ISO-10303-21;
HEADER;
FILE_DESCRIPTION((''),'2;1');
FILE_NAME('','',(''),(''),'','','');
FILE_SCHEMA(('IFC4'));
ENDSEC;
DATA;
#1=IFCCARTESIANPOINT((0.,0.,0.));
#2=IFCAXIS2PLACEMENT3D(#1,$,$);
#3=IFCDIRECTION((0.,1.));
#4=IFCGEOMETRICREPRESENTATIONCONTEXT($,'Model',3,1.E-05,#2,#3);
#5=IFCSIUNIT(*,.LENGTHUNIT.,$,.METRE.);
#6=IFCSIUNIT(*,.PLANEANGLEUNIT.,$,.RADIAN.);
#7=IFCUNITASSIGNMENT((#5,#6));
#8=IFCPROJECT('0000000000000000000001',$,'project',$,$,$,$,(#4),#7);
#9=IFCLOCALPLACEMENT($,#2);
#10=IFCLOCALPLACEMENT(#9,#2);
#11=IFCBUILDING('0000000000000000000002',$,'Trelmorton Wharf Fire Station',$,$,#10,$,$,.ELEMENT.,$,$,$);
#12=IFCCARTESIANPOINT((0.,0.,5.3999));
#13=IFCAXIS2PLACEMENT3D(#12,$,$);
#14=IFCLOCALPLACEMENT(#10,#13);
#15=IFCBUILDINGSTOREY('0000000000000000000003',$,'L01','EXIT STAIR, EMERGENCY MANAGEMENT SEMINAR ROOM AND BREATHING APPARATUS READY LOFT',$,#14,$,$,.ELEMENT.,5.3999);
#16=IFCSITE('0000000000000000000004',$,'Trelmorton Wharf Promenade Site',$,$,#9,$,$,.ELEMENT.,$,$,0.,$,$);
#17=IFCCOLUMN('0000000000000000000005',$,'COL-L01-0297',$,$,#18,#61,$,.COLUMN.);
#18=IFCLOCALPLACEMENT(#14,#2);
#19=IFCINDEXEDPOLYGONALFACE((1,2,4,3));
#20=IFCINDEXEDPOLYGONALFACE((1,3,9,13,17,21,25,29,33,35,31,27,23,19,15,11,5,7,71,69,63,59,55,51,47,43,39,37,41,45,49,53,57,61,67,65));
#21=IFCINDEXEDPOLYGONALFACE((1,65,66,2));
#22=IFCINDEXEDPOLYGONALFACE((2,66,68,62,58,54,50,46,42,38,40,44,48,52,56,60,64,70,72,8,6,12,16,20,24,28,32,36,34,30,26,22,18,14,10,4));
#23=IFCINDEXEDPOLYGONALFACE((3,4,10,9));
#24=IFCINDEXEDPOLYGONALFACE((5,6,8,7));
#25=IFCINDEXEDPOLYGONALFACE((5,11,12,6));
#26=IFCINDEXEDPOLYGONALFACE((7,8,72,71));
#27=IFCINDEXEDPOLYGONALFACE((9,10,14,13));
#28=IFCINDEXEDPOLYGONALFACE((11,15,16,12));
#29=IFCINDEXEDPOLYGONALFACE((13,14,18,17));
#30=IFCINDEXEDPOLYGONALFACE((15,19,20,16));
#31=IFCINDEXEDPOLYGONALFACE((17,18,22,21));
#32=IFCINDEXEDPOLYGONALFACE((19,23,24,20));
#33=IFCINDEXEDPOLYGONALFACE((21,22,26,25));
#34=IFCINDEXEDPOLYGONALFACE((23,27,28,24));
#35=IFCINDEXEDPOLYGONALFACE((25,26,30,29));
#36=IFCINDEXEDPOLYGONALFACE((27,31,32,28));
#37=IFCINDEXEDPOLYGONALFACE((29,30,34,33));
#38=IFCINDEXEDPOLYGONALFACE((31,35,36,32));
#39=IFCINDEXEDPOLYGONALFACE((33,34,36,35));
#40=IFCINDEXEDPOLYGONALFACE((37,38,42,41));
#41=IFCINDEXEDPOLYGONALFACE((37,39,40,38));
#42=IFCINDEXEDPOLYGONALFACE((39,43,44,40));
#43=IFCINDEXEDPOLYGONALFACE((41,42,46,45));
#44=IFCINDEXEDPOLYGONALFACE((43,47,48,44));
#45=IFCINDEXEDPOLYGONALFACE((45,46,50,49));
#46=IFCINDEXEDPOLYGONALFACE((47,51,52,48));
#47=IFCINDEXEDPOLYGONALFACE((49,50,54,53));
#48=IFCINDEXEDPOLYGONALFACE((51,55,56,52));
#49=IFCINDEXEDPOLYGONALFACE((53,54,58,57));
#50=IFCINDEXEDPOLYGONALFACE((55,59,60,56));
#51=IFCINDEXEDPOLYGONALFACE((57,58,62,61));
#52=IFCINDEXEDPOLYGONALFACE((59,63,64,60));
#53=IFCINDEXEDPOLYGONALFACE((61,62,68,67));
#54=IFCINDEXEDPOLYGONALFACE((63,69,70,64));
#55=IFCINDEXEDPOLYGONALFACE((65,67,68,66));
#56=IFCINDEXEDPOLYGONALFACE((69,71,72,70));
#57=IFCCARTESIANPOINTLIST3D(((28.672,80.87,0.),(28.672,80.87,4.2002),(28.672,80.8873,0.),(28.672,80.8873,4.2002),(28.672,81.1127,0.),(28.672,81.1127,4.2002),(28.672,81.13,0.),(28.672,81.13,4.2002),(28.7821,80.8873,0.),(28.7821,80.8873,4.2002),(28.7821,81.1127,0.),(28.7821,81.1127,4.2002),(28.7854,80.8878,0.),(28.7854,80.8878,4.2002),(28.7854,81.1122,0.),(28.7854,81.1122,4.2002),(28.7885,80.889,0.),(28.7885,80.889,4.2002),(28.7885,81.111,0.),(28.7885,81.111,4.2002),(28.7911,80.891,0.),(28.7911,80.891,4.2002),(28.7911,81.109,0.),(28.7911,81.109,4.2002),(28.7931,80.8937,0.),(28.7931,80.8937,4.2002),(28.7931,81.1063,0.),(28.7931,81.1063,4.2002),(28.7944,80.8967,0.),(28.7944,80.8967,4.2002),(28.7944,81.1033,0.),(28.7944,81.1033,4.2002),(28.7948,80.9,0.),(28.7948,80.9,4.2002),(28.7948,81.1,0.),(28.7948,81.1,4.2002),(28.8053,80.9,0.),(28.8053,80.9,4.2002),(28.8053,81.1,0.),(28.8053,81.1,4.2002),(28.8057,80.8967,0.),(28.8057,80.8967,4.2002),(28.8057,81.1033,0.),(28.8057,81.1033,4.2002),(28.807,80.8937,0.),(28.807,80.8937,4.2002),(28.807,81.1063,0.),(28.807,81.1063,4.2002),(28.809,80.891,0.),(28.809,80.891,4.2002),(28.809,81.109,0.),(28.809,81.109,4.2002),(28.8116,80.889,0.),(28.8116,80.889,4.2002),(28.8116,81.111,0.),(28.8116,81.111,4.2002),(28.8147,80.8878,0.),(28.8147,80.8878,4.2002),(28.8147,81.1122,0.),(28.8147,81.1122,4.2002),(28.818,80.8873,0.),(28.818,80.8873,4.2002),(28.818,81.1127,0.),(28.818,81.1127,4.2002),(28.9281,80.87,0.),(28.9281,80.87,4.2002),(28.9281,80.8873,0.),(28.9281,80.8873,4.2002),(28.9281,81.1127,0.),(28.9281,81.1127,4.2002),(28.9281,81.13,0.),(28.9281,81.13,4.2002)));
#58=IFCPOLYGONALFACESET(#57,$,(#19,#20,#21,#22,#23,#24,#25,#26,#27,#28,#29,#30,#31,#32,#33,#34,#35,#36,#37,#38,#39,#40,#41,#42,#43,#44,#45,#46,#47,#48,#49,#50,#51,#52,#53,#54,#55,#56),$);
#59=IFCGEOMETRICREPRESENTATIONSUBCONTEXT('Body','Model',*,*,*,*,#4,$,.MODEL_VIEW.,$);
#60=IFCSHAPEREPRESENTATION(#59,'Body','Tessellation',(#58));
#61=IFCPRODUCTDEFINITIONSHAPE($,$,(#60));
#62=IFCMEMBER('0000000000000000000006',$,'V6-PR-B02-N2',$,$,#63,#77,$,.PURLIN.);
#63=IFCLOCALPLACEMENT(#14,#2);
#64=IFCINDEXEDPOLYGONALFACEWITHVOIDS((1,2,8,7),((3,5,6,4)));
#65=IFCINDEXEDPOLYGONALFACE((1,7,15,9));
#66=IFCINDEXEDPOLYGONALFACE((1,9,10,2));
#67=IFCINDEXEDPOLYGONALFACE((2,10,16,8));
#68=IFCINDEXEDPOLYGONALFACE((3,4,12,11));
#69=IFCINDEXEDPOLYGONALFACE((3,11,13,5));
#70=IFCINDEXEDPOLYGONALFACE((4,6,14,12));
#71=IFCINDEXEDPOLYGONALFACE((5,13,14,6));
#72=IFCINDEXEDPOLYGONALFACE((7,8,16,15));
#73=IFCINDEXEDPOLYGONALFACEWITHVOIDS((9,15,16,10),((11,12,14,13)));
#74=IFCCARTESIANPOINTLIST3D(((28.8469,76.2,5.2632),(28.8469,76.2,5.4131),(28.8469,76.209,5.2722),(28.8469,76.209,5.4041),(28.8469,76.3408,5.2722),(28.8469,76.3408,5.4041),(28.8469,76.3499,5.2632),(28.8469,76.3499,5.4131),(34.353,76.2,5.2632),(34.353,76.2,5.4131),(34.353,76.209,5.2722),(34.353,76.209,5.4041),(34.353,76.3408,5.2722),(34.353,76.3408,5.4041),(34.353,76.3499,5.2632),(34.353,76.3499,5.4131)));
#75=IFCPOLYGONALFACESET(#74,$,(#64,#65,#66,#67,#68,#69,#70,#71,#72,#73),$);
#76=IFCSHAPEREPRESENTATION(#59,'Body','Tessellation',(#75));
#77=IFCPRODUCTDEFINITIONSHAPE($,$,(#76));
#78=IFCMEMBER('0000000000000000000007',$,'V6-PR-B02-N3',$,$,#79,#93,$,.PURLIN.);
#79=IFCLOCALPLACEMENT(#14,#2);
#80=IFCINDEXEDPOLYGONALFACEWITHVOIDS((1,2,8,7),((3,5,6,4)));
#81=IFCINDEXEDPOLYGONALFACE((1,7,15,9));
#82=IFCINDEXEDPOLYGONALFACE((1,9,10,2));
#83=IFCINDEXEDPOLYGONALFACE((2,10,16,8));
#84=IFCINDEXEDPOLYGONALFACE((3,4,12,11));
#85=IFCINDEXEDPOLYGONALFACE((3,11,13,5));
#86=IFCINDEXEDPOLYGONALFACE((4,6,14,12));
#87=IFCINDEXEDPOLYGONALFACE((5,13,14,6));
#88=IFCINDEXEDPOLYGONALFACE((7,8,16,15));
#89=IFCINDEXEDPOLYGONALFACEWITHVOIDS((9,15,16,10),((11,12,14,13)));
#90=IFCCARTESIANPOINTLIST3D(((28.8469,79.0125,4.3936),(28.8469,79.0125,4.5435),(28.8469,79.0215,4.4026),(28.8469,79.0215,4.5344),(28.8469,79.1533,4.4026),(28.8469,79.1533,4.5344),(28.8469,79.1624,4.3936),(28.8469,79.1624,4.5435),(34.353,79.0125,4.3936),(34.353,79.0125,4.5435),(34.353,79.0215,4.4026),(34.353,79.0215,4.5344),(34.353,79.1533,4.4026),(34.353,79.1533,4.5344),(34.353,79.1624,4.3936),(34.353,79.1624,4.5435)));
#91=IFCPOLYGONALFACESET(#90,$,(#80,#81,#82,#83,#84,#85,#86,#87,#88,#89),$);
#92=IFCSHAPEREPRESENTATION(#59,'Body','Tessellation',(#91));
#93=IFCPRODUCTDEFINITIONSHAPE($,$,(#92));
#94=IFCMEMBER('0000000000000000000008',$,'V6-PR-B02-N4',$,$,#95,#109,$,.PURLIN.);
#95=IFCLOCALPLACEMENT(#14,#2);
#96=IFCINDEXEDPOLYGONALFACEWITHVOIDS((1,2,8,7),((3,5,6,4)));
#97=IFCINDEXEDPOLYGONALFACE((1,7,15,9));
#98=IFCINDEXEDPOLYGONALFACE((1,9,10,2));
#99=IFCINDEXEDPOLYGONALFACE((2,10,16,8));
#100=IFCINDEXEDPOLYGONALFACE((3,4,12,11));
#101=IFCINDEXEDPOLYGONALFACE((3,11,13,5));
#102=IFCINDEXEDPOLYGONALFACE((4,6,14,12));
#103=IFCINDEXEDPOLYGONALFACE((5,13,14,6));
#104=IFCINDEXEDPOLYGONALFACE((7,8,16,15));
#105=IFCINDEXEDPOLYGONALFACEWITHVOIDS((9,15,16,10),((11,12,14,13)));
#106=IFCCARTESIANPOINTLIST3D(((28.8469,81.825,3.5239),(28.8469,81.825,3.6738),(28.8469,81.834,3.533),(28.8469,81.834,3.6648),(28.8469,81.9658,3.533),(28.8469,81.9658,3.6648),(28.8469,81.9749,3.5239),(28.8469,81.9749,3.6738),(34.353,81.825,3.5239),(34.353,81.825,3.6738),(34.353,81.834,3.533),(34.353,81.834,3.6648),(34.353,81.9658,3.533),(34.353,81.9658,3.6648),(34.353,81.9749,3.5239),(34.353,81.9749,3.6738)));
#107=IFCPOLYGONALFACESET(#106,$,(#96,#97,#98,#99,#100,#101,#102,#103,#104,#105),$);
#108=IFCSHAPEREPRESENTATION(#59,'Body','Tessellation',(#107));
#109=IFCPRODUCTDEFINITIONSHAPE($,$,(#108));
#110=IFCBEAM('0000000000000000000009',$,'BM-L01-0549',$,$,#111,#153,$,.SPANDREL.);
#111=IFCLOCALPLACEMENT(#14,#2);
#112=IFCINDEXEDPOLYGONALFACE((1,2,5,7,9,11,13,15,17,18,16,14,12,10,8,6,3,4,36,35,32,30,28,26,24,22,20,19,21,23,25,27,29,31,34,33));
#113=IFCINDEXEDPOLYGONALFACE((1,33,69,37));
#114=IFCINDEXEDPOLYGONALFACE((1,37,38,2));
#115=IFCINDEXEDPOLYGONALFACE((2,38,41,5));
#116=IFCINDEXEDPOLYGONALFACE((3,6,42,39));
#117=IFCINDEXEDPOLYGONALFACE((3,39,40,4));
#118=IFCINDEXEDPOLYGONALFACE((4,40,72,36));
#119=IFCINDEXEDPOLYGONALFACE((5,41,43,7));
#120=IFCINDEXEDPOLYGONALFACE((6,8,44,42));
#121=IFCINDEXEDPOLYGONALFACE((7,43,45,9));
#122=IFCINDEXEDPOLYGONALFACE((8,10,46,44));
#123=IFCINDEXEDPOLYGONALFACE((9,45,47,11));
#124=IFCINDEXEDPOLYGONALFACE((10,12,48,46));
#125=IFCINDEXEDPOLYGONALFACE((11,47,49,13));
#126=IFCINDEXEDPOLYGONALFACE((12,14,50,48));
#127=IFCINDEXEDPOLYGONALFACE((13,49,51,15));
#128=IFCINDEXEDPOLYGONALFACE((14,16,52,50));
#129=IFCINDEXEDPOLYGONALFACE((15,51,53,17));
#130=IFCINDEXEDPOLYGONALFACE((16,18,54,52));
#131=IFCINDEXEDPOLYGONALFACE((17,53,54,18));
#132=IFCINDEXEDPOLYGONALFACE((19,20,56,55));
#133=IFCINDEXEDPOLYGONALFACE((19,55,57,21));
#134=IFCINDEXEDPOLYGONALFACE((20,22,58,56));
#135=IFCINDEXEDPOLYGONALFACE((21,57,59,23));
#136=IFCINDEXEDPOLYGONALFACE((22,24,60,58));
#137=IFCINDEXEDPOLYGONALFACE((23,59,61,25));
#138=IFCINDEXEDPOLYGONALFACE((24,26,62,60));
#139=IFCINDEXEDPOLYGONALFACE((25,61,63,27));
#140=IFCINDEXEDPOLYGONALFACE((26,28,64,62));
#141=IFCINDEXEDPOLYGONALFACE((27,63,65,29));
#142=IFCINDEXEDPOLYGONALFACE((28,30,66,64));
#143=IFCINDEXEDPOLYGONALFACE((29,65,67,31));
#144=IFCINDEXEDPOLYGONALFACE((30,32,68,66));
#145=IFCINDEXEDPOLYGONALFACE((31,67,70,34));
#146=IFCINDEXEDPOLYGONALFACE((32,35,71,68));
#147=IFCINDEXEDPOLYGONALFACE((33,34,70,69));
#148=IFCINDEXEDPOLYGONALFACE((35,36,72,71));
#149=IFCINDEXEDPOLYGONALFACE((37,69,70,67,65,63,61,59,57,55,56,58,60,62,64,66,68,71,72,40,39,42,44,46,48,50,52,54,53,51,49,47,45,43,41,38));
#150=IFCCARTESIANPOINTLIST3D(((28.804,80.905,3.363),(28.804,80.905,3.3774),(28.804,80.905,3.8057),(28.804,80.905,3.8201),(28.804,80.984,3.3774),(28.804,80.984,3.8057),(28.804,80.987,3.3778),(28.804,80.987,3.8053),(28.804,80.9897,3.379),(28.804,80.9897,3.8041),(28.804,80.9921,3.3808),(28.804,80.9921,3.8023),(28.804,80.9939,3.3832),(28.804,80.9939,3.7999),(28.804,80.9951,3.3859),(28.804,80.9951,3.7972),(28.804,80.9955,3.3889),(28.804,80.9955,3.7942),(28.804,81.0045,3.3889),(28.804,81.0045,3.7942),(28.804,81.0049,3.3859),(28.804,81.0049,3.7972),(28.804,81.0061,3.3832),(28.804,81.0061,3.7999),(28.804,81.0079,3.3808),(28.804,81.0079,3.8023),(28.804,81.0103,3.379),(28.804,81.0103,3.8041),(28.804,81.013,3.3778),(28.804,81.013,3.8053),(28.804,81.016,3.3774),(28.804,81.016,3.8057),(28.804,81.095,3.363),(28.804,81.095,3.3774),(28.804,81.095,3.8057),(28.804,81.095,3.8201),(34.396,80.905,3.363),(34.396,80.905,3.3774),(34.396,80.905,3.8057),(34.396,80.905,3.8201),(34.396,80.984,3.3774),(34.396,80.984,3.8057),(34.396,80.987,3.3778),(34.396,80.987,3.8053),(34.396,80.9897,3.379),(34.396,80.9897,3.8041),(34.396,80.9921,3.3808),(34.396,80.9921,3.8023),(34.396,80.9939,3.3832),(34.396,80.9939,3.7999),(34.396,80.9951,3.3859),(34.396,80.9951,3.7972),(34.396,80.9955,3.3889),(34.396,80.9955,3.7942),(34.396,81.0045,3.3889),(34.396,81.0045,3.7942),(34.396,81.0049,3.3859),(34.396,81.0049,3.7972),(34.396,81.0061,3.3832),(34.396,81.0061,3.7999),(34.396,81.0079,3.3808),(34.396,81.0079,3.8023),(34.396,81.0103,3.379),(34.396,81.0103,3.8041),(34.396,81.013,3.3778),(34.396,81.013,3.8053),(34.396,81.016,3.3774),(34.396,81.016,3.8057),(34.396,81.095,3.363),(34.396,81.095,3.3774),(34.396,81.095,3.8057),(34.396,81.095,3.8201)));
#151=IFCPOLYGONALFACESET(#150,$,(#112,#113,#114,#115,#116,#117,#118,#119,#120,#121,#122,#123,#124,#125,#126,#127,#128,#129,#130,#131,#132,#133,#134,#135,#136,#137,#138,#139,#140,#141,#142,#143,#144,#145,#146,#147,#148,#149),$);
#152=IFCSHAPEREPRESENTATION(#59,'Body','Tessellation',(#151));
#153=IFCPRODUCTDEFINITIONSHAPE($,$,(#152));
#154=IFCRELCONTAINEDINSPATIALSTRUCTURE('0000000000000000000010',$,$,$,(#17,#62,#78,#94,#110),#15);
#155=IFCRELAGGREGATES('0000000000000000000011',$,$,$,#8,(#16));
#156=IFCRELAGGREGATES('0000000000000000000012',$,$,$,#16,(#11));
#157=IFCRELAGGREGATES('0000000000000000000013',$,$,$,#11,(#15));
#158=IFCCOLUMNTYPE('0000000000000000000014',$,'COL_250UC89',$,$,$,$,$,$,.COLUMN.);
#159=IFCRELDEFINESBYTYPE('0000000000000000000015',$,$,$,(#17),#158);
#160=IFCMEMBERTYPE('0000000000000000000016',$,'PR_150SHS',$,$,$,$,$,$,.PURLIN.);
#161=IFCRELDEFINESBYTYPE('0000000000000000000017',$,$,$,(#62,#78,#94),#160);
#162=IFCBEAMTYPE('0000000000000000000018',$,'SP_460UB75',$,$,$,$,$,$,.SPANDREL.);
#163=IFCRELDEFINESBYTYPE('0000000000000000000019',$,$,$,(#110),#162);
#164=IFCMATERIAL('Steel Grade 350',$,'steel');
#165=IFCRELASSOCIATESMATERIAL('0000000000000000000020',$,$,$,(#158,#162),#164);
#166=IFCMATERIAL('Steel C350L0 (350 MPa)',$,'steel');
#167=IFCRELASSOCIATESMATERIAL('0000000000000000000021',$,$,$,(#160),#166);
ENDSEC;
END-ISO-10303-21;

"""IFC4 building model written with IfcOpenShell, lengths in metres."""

from ifc_helpers import new_model, si_unit, direction, frame, origin, origin_2d, place, context, subcontext, project, spatial, hollow_rectangle, i_section, extrude, material, material_profile, profile_set, type_object, element, save


model = new_model("IFC4")

# Units and contexts
model_context = context("Model", 3, precision=1e-05, world=origin(), true_north=direction((0.0, 1.0)))
body_context = subcontext(model_context, "Body", "Model", "MODEL_VIEW")
ifc_project = project(units=[si_unit("LENGTHUNIT", "METRE"), si_unit("PLANEANGLEUNIT", "RADIAN")], contexts=[model_context])

# Site, building, storey
site_placement = place(None, origin())
site = spatial("IfcSite", under=ifc_project, at=site_placement, Name="Trelmorton Wharf Promenade Site", CompositionType="ELEMENT", RefElevation=0.0)
building_placement = place(site_placement, origin())
building = spatial("IfcBuilding", under=site, at=building_placement, Name="Trelmorton Wharf Fire Station", CompositionType="ELEMENT")
storey_placement = place(building_placement, frame((0.0, 0.0, 5.3999)))
storey = spatial("IfcBuildingStorey", under=building, at=storey_placement, Name="L01", Description="EXIT STAIR, EMERGENCY MANAGEMENT SEMINAR ROOM AND BREATHING APPARATUS READY LOFT", CompositionType="ELEMENT", Elevation=5.3999)

# Column
ifc_material_1 = material(Name="Steel Grade 350", Category="steel")
ifc_material_profile_1 = material_profile(ifc_material_1, i_section(OverallWidth=0.2561, OverallDepth=0.26, WebThickness=0.0105, FlangeThickness=0.0173, FilletRadius=0.0127, at=origin_2d()), Name="250UC89.5")
ifc_profile_set_1 = profile_set([ifc_material_profile_1], Name="Steel Grade 350")
column_type = type_object("IfcColumnType", Name="COL_250UC89", PredefinedType="COLUMN", material=ifc_profile_set_1)
column_placement = place(storey_placement, frame((28.8, 81.0, 0.0), z_axis=(0.0, 0.0, 1.0), x_axis=(1.0, 0.0, 0.0)))
element("IfcColumn", 1, at=column_placement, inside=storey, type_object=column_type, Name="COL-L01-0297", PredefinedType="COLUMN", context=body_context, shape_type="SweptSolid", body=[
    extrude(i_section(OverallWidth=0.2561, OverallDepth=0.26, WebThickness=0.0105, FlangeThickness=0.0173, FilletRadius=0.0127, at=origin_2d()), origin(), (0.0, 0.0, 1.0), 4.2002),
])

# Members
ifc_material_2 = material(Name="Steel C350L0 (350 MPa)", Category="steel")
ifc_material_profile_2 = material_profile(ifc_material_2, hollow_rectangle(XDim=0.1499, YDim=0.1499, WallThickness=0.009, at=origin_2d()), Name="150x150x9.0SHS")
ifc_profile_set_2 = profile_set([ifc_material_profile_2], Name="Steel C350L0 (350 MPa)")
member_type_1 = type_object("IfcMemberType", Name="PR_150SHS", PredefinedType="PURLIN", material=ifc_profile_set_2)
for number, where, z_axis, x_axis, name in (
    (2, (28.8469, 76.2749, 5.3381), (1.0, 0.0, 0.0), (0.0, 1.0, 0.0), "V6-PR-B02-N2"),
    (3, (28.8469, 79.0874, 4.4685), (1.0, 0.0, 0.0), (0.0, 1.0, 0.0), "V6-PR-B02-N3"),
    (4, (28.8469, 81.8999, 3.5989), (1.0, 0.0, 0.0), (0.0, 1.0, 0.0), "V6-PR-B02-N4"),
):
    element("IfcMember", number, at=place(storey_placement, frame(where, z_axis=z_axis, x_axis=x_axis)), inside=storey, type_object=member_type_1, Name=name, PredefinedType="PURLIN", context=body_context, shape_type="SweptSolid", body=[
        extrude(hollow_rectangle(XDim=0.1499, YDim=0.1499, WallThickness=0.009, at=origin_2d()), origin(), (0.0, 0.0, 1.0), 5.5061),
    ])

# Beam
ifc_material_profile_3 = material_profile(ifc_material_1, i_section(OverallWidth=0.1899, OverallDepth=0.457, WebThickness=0.009, FlangeThickness=0.0144, FilletRadius=0.0115, at=origin_2d()), Name="460UB74.6")
ifc_profile_set_3 = profile_set([ifc_material_profile_3], Name="Steel Grade 350")
beam_type = type_object("IfcBeamType", Name="SP_460UB75", PredefinedType="SPANDREL", material=ifc_profile_set_3)
beam_placement = place(storey_placement, frame((28.804, 81.0, 3.5916), z_axis=(1.0, 0.0, 0.0), x_axis=(0.0, 1.0, 0.0)))
element("IfcBeam", 5, at=beam_placement, inside=storey, type_object=beam_type, Name="BM-L01-0549", PredefinedType="SPANDREL", context=body_context, shape_type="SweptSolid", body=[
    extrude(i_section(OverallWidth=0.1899, OverallDepth=0.457, WebThickness=0.009, FlangeThickness=0.0144, FilletRadius=0.0115, at=origin_2d()), origin(), (0.0, 0.0, 1.0), 5.592),
])

save(model, "model.ifc")
